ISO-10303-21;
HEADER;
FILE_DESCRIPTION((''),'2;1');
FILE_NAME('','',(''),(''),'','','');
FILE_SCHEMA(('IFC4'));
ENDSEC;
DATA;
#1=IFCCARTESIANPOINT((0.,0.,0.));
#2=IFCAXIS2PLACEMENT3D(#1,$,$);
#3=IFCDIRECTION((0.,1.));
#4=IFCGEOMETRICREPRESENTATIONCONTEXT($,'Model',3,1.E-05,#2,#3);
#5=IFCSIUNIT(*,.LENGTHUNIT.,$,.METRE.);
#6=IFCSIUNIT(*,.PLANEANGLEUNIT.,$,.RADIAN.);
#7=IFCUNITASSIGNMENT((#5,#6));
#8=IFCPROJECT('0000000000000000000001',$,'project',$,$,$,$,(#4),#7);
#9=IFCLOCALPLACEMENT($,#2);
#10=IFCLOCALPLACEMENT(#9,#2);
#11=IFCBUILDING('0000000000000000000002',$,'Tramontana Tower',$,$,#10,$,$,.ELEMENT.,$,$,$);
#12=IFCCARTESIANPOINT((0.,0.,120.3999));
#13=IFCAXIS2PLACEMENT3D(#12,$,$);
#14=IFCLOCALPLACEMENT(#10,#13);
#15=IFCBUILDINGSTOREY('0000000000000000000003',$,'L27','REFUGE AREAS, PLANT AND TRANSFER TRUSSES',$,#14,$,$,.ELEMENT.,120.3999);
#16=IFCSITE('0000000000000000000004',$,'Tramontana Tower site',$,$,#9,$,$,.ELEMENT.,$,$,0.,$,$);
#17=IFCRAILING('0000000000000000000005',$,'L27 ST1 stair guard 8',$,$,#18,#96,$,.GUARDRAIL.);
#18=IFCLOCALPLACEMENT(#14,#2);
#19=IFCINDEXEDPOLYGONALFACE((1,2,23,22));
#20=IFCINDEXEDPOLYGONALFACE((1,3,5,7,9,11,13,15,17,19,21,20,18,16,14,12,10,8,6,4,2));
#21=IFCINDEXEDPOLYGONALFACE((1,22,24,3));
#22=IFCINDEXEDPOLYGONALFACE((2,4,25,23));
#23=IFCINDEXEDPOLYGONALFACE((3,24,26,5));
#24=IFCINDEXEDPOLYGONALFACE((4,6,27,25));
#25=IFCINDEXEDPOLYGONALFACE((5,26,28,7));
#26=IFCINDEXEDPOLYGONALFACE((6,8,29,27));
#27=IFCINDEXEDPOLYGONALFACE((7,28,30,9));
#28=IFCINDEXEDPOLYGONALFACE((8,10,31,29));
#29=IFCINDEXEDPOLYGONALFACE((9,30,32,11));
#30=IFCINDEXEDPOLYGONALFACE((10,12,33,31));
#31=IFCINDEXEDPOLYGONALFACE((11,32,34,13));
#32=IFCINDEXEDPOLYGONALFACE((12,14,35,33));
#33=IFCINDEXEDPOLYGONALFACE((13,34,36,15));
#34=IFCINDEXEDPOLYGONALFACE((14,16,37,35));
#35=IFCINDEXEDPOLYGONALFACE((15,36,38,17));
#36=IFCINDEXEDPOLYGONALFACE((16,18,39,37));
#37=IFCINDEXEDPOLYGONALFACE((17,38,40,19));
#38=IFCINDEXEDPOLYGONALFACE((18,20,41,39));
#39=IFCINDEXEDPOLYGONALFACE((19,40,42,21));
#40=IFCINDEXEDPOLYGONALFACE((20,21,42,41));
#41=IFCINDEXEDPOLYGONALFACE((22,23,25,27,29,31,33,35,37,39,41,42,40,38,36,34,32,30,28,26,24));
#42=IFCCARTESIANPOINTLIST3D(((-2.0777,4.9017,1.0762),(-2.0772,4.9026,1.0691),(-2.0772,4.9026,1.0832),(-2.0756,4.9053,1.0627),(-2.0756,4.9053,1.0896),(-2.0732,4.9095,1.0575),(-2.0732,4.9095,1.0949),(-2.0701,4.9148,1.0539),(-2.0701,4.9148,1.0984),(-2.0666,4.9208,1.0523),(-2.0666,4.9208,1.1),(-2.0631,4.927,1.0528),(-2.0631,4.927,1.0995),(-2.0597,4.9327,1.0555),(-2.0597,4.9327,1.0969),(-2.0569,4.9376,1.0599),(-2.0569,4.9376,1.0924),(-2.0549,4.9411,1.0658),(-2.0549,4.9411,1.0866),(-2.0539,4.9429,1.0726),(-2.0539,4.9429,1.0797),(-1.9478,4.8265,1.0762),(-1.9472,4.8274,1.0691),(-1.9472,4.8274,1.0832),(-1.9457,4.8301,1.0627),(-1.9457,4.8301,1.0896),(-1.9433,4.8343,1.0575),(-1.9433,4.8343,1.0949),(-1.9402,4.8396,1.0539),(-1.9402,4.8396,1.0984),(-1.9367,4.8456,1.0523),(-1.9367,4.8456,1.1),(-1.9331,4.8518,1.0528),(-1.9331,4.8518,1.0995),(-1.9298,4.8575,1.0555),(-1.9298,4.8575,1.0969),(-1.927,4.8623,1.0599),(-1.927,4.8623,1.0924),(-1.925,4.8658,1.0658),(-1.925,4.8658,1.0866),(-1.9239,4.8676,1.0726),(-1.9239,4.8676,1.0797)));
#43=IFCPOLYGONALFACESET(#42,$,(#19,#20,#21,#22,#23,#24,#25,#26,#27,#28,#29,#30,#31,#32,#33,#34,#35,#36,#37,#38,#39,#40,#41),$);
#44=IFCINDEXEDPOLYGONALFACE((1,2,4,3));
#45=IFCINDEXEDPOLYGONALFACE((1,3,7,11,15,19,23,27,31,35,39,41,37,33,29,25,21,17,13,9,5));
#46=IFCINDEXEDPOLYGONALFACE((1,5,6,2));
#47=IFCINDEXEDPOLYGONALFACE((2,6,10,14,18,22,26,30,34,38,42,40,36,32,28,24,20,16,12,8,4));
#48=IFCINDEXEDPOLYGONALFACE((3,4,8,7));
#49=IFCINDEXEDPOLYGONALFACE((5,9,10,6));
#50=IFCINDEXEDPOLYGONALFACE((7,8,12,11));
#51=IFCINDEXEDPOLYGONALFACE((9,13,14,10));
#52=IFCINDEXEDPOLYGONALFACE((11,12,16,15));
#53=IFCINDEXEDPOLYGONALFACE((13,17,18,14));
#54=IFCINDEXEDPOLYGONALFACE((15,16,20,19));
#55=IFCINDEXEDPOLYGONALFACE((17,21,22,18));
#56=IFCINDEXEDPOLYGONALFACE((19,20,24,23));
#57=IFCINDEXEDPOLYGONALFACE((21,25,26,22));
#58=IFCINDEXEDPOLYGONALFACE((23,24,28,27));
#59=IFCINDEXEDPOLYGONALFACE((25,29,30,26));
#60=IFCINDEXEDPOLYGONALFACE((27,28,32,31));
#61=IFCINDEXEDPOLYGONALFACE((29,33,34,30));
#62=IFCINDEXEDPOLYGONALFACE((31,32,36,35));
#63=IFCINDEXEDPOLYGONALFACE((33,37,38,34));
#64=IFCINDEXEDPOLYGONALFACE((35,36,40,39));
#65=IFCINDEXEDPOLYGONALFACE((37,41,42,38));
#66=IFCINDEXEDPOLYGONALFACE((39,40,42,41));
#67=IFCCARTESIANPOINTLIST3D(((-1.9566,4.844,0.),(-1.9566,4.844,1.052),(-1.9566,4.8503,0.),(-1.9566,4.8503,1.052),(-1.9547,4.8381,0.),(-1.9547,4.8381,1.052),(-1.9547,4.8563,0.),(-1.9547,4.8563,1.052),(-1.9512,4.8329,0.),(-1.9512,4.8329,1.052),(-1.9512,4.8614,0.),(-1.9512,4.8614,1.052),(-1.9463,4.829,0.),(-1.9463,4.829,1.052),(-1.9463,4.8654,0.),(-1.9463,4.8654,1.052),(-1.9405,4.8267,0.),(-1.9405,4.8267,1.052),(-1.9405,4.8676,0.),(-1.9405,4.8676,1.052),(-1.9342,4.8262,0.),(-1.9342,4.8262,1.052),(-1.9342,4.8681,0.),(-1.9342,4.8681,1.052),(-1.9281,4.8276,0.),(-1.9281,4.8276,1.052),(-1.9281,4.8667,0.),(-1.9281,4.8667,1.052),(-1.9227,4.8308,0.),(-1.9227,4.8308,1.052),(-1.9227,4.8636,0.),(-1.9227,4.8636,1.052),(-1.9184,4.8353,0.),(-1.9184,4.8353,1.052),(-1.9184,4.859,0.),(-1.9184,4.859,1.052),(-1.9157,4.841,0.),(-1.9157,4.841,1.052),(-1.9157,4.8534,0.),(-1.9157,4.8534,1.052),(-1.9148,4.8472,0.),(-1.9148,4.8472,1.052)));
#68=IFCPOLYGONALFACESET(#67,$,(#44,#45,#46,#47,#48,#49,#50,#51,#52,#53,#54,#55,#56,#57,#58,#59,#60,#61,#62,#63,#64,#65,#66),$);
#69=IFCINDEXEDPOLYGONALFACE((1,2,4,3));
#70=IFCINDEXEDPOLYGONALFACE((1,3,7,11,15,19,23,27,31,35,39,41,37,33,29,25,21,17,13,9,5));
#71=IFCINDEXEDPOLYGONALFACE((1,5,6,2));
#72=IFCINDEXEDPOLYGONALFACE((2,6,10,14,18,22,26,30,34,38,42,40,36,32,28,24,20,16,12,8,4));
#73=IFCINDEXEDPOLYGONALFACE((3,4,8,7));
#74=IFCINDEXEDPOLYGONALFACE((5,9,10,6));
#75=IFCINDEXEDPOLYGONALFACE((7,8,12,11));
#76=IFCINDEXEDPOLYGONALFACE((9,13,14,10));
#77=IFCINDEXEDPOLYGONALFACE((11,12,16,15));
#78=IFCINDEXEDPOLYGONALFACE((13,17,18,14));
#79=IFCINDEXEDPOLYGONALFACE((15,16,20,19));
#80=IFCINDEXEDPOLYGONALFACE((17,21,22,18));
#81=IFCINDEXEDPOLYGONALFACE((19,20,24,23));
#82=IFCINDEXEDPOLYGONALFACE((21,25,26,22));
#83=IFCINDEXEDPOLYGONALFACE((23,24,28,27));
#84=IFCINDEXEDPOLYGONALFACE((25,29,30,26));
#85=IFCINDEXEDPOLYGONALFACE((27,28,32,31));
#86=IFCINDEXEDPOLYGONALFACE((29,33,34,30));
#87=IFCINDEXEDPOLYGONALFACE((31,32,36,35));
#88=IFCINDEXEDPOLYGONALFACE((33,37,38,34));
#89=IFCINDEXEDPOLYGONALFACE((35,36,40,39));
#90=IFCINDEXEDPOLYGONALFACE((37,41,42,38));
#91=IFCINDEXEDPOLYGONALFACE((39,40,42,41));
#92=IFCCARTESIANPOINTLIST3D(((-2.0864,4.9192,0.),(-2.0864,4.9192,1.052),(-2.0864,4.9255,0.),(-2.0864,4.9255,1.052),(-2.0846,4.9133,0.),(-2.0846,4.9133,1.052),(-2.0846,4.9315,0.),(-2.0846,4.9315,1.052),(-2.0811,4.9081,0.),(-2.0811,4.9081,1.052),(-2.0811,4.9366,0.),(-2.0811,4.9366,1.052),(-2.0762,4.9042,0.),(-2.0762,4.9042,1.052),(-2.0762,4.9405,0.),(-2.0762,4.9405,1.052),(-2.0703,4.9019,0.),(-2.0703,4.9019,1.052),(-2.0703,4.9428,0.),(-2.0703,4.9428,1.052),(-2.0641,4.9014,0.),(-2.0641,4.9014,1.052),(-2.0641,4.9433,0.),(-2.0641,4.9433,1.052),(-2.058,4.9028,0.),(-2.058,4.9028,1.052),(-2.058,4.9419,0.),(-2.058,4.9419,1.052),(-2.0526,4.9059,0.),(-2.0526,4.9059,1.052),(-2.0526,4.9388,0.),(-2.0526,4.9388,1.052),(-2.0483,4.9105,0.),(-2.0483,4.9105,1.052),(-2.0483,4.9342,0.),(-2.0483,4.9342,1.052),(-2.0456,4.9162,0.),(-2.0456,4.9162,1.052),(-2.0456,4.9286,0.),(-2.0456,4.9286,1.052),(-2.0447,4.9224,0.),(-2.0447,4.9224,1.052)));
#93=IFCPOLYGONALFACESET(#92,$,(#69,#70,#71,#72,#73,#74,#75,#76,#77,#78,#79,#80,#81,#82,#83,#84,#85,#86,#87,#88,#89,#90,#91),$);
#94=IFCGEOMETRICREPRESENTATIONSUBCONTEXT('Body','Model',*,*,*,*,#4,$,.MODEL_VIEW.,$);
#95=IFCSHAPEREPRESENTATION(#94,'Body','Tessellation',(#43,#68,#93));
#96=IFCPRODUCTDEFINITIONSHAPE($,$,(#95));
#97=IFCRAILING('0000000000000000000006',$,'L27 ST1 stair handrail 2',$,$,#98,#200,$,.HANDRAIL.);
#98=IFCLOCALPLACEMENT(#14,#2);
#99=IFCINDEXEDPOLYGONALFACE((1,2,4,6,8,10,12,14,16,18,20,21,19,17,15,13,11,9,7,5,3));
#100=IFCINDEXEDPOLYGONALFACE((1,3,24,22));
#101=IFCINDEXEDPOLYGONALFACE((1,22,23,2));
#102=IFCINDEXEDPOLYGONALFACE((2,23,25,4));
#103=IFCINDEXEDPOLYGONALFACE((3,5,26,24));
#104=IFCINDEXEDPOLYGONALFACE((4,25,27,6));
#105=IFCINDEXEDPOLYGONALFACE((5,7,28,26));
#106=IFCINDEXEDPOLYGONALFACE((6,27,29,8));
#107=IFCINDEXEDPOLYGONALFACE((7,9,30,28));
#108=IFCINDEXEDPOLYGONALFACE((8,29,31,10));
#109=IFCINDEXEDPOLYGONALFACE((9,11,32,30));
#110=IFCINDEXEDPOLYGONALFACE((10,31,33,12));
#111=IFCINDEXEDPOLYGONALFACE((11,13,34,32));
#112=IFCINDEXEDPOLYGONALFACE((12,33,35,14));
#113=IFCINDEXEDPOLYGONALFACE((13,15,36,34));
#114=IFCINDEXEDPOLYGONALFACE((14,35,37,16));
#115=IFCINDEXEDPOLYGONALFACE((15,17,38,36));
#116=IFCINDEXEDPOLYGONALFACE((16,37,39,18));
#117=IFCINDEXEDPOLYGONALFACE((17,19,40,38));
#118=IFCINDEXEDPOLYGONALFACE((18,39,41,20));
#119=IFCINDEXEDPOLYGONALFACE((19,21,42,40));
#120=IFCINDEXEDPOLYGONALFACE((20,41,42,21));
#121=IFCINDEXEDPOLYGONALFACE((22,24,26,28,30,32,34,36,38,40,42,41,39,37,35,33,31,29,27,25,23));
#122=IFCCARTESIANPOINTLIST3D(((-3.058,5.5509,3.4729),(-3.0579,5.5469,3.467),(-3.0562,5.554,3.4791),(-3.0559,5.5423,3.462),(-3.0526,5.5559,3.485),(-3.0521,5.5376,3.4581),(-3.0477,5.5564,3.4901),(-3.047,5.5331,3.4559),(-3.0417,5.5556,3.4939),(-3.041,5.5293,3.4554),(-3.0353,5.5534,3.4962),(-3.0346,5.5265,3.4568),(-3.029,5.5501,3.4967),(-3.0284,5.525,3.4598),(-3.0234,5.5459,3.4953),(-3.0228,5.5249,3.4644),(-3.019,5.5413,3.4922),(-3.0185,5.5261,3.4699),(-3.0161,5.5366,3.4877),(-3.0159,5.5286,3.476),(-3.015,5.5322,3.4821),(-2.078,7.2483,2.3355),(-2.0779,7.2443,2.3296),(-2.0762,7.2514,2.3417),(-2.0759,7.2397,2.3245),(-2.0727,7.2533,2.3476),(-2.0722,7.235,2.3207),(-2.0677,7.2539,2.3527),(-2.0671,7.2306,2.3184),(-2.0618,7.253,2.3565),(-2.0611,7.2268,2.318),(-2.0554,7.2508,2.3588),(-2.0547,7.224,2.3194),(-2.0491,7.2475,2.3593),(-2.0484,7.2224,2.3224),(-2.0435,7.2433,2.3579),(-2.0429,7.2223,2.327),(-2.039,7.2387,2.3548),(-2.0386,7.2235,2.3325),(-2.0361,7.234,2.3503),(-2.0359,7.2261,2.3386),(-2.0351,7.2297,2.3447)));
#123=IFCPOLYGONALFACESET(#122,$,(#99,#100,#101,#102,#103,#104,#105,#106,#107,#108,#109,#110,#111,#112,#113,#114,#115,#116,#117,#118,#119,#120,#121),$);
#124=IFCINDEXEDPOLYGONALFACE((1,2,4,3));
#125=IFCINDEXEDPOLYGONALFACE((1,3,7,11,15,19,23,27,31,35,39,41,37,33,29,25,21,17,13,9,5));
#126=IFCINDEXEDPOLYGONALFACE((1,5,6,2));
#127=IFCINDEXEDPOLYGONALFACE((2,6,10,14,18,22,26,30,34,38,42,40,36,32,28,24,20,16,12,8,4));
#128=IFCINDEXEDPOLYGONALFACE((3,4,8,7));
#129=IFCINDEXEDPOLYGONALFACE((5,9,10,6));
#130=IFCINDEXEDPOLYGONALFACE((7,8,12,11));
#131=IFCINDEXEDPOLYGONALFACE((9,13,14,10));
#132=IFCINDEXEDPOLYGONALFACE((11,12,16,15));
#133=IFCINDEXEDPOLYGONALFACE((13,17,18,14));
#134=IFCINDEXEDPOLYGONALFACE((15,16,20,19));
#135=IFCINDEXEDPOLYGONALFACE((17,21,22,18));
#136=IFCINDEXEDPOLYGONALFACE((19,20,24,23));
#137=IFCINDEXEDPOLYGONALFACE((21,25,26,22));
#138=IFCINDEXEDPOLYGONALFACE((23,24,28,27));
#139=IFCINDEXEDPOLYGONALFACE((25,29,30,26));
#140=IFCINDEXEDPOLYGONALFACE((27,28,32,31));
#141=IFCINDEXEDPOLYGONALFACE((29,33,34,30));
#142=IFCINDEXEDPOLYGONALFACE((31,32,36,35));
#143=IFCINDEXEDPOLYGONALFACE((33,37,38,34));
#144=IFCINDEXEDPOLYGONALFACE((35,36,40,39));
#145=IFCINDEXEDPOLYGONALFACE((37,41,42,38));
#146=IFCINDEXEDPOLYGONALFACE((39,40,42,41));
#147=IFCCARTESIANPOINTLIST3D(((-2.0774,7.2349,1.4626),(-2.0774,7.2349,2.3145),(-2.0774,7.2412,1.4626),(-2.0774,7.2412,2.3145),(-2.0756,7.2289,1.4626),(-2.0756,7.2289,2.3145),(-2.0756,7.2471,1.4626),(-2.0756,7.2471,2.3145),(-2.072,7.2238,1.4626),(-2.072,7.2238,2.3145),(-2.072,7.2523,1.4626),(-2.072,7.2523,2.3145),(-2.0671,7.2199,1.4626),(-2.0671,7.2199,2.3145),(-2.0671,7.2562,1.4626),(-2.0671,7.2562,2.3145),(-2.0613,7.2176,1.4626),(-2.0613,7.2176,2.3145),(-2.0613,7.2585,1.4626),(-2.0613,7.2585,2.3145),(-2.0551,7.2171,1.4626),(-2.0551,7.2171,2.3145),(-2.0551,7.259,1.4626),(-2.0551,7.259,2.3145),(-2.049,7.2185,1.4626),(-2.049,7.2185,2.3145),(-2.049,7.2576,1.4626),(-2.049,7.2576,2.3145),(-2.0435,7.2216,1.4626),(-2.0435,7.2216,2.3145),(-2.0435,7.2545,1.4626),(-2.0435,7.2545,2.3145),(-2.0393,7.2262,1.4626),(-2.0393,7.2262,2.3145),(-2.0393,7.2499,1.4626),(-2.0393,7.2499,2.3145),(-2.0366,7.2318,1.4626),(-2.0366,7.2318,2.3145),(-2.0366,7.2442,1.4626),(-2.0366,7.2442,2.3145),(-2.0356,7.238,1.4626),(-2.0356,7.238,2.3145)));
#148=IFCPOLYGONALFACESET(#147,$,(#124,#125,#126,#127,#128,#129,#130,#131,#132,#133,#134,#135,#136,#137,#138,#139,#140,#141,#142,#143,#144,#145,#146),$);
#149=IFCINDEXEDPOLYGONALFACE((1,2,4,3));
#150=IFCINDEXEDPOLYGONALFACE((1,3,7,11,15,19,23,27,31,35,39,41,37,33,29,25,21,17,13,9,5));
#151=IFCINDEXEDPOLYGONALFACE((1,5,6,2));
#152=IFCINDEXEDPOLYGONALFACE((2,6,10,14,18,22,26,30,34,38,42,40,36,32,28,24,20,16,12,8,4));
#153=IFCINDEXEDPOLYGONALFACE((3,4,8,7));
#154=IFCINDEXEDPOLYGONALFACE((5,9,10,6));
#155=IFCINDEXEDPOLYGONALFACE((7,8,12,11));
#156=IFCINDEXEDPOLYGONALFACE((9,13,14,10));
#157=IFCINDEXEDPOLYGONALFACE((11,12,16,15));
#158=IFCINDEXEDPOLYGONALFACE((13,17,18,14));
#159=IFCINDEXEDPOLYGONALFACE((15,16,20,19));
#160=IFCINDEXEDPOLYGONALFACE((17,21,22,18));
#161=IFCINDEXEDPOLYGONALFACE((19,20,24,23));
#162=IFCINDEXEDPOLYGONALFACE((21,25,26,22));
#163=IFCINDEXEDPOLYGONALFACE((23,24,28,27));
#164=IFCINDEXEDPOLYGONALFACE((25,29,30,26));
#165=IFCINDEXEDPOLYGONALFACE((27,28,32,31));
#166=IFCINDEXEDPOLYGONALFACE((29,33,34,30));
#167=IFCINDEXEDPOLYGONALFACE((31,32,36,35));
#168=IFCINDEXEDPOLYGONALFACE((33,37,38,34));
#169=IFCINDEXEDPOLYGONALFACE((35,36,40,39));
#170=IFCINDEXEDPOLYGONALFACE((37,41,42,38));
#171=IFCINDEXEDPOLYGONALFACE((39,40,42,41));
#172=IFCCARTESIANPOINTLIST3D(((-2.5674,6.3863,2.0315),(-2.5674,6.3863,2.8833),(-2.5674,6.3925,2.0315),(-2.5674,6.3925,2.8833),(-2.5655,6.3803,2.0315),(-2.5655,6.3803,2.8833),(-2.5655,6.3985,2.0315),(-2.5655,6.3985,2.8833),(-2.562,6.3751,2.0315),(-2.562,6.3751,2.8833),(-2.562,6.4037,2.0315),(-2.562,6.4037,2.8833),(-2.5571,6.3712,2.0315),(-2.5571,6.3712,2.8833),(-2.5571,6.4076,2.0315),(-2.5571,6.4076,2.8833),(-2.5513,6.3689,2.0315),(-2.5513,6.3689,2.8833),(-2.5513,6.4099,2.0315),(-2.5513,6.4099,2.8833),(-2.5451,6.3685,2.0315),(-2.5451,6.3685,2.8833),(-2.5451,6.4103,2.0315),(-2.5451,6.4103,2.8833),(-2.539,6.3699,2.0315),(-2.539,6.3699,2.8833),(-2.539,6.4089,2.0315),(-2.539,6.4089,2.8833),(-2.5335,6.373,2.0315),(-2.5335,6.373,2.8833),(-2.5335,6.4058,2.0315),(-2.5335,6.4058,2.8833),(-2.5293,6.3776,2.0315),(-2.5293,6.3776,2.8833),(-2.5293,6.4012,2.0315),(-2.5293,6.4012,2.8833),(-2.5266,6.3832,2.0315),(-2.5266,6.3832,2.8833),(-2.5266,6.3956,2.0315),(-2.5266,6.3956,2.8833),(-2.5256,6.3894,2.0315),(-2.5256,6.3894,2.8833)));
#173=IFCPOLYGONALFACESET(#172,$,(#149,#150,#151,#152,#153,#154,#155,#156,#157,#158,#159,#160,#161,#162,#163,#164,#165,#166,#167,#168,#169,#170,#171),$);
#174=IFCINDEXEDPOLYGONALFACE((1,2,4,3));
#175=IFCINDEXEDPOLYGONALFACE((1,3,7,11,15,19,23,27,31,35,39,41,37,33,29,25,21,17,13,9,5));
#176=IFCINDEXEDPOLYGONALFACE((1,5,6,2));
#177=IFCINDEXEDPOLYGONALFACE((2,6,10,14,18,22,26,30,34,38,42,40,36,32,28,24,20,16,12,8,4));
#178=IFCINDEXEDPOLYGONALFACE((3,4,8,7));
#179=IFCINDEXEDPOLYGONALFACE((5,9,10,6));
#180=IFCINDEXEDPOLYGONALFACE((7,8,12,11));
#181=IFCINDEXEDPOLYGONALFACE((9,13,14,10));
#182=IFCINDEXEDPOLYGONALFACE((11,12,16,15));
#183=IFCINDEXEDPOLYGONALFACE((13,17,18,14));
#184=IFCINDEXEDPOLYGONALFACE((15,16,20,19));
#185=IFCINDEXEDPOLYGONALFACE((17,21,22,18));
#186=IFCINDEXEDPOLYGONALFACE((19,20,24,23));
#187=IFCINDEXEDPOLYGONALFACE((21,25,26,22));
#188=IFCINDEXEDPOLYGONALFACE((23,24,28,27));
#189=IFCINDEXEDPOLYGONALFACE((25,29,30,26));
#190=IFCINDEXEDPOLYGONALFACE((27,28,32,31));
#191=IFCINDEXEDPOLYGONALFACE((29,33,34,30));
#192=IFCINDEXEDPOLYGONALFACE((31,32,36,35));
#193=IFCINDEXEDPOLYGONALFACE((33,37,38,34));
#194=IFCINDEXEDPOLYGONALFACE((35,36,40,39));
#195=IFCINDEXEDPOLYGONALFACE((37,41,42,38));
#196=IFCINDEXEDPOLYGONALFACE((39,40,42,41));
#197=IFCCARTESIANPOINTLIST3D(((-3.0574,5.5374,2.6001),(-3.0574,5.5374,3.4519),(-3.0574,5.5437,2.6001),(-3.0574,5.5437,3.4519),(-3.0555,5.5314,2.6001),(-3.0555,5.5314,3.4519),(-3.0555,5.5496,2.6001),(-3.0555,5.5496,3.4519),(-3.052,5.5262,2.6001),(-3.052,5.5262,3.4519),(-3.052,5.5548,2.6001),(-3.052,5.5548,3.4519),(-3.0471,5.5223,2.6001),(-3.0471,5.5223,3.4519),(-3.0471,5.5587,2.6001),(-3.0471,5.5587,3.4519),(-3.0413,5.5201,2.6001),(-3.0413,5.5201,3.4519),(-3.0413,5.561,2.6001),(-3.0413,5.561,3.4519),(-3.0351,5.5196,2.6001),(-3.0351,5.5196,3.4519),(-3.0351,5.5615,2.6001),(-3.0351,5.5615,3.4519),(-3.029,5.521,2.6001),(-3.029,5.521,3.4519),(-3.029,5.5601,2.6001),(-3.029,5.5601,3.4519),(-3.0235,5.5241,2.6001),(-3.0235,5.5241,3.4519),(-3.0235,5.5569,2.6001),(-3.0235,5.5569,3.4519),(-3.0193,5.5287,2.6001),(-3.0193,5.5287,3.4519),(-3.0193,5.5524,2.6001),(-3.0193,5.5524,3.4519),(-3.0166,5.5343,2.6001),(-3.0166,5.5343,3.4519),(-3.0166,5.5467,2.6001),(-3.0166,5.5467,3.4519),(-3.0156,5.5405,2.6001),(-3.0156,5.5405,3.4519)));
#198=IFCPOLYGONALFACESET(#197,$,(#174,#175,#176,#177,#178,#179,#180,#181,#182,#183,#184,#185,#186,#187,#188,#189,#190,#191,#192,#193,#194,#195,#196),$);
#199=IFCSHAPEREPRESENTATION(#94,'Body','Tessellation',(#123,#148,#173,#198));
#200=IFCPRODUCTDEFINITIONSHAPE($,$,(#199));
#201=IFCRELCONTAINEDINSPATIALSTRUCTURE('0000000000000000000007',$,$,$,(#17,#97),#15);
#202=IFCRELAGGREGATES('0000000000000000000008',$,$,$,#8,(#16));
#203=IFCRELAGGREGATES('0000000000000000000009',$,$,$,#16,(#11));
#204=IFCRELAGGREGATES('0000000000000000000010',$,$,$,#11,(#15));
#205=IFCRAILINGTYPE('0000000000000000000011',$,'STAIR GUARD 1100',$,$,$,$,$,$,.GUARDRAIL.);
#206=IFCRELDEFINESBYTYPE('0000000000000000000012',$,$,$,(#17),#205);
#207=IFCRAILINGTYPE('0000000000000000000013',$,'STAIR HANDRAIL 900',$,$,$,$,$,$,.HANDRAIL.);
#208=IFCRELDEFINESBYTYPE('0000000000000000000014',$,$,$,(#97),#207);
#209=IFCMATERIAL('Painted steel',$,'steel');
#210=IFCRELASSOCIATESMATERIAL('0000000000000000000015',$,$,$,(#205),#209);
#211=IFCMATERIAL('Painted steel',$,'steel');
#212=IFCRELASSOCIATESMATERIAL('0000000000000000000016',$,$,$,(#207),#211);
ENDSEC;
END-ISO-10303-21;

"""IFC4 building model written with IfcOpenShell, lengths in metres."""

from ifc_helpers import new_model, si_unit, direction, frame, origin, origin_2d, place, context, subcontext, project, spatial, circle, extrude, material, type_object, element, save


model = new_model("IFC4")

# Units and contexts
model_context = context("Model", 3, precision=1e-05, world=origin(), true_north=direction((0.0, 1.0)))
body_context = subcontext(model_context, "Body", "Model", "MODEL_VIEW")
ifc_project = project(units=[si_unit("LENGTHUNIT", "METRE"), si_unit("PLANEANGLEUNIT", "RADIAN")], contexts=[model_context])

# Site, building, storey
site_placement = place(None, origin())
site = spatial("IfcSite", under=ifc_project, at=site_placement, Name="Tramontana Tower site", CompositionType="ELEMENT", RefElevation=0.0)
building_placement = place(site_placement, origin())
building = spatial("IfcBuilding", under=site, at=building_placement, Name="Tramontana Tower", CompositionType="ELEMENT")
storey_placement = place(building_placement, frame((0.0, 0.0, 120.3999)))
storey = spatial("IfcBuildingStorey", under=building, at=storey_placement, Name="L27", Description="REFUGE AREAS, PLANT AND TRANSFER TRUSSES", CompositionType="ELEMENT", Elevation=120.3999)

# Railings
ifc_material_1 = material(Name="Painted steel", Category="steel")
railing_type_1 = type_object("IfcRailingType", Name="STAIR GUARD 1100", PredefinedType="GUARDRAIL", material=ifc_material_1)
for number, where, name in (
    (1, (-1.9358, 4.8472, 0.0), "L27 ST1 stair guard 8"),
):
    element("IfcRailing", number, at=place(storey_placement, frame(where)), inside=storey, type_object=railing_type_1, Name=name, PredefinedType="GUARDRAIL", context=body_context, shape_type="SweptSolid", body=[
        extrude(circle(Radius=0.0239, at=origin_2d()), frame((0.0, 0.0, 1.0762), z_axis=(-0.865426, 0.501036, 0.0), x_axis=(-0.501036, -0.865426, 0.0)), (0.0, 0.0, 1.0), 0.1501),
        extrude(circle(Radius=0.021, at=origin_2d()), origin(), (0.0, 0.0, 1.0), 1.052),
        extrude(circle(Radius=0.021, at=origin_2d()), frame((-0.1299, 0.0752, 0.0)), (0.0, 0.0, 1.0), 1.052),
    ])
ifc_material_2 = material(Name="Painted steel", Category="steel")
railing_type_2 = type_object("IfcRailingType", Name="STAIR HANDRAIL 900", PredefinedType="HANDRAIL", material=ifc_material_2)
railing_1_placement = place(storey_placement, frame((-2.0566, 7.238, 1.4626)))
element("IfcRailing", 2, at=railing_1_placement, inside=storey, type_object=railing_type_2, Name="L27 ST1 stair handrail 2", PredefinedType="HANDRAIL", context=body_context, shape_type="SweptSolid", body=[
    extrude(circle(Radius=0.0239, at=origin_2d()), frame((0.0, 0.0, 0.876), z_axis=(-0.432432, -0.749053, 0.501918), x_axis=(0.866042, -0.49997, 0.0)), (0.0, 0.0, 1.0), 2.2661),
    extrude(circle(Radius=0.021, at=origin_2d()), origin(), (0.0, 0.0, 1.0), 0.8518),
    extrude(circle(Radius=0.021, at=origin_2d()), frame((-0.49, -0.8486, 0.5688)), (0.0, 0.0, 1.0), 0.8518),
    extrude(circle(Radius=0.021, at=origin_2d()), frame((-0.98, -1.6975, 1.1375)), (0.0, 0.0, 1.0), 0.8518),
])

save(model, "model.ifc")
